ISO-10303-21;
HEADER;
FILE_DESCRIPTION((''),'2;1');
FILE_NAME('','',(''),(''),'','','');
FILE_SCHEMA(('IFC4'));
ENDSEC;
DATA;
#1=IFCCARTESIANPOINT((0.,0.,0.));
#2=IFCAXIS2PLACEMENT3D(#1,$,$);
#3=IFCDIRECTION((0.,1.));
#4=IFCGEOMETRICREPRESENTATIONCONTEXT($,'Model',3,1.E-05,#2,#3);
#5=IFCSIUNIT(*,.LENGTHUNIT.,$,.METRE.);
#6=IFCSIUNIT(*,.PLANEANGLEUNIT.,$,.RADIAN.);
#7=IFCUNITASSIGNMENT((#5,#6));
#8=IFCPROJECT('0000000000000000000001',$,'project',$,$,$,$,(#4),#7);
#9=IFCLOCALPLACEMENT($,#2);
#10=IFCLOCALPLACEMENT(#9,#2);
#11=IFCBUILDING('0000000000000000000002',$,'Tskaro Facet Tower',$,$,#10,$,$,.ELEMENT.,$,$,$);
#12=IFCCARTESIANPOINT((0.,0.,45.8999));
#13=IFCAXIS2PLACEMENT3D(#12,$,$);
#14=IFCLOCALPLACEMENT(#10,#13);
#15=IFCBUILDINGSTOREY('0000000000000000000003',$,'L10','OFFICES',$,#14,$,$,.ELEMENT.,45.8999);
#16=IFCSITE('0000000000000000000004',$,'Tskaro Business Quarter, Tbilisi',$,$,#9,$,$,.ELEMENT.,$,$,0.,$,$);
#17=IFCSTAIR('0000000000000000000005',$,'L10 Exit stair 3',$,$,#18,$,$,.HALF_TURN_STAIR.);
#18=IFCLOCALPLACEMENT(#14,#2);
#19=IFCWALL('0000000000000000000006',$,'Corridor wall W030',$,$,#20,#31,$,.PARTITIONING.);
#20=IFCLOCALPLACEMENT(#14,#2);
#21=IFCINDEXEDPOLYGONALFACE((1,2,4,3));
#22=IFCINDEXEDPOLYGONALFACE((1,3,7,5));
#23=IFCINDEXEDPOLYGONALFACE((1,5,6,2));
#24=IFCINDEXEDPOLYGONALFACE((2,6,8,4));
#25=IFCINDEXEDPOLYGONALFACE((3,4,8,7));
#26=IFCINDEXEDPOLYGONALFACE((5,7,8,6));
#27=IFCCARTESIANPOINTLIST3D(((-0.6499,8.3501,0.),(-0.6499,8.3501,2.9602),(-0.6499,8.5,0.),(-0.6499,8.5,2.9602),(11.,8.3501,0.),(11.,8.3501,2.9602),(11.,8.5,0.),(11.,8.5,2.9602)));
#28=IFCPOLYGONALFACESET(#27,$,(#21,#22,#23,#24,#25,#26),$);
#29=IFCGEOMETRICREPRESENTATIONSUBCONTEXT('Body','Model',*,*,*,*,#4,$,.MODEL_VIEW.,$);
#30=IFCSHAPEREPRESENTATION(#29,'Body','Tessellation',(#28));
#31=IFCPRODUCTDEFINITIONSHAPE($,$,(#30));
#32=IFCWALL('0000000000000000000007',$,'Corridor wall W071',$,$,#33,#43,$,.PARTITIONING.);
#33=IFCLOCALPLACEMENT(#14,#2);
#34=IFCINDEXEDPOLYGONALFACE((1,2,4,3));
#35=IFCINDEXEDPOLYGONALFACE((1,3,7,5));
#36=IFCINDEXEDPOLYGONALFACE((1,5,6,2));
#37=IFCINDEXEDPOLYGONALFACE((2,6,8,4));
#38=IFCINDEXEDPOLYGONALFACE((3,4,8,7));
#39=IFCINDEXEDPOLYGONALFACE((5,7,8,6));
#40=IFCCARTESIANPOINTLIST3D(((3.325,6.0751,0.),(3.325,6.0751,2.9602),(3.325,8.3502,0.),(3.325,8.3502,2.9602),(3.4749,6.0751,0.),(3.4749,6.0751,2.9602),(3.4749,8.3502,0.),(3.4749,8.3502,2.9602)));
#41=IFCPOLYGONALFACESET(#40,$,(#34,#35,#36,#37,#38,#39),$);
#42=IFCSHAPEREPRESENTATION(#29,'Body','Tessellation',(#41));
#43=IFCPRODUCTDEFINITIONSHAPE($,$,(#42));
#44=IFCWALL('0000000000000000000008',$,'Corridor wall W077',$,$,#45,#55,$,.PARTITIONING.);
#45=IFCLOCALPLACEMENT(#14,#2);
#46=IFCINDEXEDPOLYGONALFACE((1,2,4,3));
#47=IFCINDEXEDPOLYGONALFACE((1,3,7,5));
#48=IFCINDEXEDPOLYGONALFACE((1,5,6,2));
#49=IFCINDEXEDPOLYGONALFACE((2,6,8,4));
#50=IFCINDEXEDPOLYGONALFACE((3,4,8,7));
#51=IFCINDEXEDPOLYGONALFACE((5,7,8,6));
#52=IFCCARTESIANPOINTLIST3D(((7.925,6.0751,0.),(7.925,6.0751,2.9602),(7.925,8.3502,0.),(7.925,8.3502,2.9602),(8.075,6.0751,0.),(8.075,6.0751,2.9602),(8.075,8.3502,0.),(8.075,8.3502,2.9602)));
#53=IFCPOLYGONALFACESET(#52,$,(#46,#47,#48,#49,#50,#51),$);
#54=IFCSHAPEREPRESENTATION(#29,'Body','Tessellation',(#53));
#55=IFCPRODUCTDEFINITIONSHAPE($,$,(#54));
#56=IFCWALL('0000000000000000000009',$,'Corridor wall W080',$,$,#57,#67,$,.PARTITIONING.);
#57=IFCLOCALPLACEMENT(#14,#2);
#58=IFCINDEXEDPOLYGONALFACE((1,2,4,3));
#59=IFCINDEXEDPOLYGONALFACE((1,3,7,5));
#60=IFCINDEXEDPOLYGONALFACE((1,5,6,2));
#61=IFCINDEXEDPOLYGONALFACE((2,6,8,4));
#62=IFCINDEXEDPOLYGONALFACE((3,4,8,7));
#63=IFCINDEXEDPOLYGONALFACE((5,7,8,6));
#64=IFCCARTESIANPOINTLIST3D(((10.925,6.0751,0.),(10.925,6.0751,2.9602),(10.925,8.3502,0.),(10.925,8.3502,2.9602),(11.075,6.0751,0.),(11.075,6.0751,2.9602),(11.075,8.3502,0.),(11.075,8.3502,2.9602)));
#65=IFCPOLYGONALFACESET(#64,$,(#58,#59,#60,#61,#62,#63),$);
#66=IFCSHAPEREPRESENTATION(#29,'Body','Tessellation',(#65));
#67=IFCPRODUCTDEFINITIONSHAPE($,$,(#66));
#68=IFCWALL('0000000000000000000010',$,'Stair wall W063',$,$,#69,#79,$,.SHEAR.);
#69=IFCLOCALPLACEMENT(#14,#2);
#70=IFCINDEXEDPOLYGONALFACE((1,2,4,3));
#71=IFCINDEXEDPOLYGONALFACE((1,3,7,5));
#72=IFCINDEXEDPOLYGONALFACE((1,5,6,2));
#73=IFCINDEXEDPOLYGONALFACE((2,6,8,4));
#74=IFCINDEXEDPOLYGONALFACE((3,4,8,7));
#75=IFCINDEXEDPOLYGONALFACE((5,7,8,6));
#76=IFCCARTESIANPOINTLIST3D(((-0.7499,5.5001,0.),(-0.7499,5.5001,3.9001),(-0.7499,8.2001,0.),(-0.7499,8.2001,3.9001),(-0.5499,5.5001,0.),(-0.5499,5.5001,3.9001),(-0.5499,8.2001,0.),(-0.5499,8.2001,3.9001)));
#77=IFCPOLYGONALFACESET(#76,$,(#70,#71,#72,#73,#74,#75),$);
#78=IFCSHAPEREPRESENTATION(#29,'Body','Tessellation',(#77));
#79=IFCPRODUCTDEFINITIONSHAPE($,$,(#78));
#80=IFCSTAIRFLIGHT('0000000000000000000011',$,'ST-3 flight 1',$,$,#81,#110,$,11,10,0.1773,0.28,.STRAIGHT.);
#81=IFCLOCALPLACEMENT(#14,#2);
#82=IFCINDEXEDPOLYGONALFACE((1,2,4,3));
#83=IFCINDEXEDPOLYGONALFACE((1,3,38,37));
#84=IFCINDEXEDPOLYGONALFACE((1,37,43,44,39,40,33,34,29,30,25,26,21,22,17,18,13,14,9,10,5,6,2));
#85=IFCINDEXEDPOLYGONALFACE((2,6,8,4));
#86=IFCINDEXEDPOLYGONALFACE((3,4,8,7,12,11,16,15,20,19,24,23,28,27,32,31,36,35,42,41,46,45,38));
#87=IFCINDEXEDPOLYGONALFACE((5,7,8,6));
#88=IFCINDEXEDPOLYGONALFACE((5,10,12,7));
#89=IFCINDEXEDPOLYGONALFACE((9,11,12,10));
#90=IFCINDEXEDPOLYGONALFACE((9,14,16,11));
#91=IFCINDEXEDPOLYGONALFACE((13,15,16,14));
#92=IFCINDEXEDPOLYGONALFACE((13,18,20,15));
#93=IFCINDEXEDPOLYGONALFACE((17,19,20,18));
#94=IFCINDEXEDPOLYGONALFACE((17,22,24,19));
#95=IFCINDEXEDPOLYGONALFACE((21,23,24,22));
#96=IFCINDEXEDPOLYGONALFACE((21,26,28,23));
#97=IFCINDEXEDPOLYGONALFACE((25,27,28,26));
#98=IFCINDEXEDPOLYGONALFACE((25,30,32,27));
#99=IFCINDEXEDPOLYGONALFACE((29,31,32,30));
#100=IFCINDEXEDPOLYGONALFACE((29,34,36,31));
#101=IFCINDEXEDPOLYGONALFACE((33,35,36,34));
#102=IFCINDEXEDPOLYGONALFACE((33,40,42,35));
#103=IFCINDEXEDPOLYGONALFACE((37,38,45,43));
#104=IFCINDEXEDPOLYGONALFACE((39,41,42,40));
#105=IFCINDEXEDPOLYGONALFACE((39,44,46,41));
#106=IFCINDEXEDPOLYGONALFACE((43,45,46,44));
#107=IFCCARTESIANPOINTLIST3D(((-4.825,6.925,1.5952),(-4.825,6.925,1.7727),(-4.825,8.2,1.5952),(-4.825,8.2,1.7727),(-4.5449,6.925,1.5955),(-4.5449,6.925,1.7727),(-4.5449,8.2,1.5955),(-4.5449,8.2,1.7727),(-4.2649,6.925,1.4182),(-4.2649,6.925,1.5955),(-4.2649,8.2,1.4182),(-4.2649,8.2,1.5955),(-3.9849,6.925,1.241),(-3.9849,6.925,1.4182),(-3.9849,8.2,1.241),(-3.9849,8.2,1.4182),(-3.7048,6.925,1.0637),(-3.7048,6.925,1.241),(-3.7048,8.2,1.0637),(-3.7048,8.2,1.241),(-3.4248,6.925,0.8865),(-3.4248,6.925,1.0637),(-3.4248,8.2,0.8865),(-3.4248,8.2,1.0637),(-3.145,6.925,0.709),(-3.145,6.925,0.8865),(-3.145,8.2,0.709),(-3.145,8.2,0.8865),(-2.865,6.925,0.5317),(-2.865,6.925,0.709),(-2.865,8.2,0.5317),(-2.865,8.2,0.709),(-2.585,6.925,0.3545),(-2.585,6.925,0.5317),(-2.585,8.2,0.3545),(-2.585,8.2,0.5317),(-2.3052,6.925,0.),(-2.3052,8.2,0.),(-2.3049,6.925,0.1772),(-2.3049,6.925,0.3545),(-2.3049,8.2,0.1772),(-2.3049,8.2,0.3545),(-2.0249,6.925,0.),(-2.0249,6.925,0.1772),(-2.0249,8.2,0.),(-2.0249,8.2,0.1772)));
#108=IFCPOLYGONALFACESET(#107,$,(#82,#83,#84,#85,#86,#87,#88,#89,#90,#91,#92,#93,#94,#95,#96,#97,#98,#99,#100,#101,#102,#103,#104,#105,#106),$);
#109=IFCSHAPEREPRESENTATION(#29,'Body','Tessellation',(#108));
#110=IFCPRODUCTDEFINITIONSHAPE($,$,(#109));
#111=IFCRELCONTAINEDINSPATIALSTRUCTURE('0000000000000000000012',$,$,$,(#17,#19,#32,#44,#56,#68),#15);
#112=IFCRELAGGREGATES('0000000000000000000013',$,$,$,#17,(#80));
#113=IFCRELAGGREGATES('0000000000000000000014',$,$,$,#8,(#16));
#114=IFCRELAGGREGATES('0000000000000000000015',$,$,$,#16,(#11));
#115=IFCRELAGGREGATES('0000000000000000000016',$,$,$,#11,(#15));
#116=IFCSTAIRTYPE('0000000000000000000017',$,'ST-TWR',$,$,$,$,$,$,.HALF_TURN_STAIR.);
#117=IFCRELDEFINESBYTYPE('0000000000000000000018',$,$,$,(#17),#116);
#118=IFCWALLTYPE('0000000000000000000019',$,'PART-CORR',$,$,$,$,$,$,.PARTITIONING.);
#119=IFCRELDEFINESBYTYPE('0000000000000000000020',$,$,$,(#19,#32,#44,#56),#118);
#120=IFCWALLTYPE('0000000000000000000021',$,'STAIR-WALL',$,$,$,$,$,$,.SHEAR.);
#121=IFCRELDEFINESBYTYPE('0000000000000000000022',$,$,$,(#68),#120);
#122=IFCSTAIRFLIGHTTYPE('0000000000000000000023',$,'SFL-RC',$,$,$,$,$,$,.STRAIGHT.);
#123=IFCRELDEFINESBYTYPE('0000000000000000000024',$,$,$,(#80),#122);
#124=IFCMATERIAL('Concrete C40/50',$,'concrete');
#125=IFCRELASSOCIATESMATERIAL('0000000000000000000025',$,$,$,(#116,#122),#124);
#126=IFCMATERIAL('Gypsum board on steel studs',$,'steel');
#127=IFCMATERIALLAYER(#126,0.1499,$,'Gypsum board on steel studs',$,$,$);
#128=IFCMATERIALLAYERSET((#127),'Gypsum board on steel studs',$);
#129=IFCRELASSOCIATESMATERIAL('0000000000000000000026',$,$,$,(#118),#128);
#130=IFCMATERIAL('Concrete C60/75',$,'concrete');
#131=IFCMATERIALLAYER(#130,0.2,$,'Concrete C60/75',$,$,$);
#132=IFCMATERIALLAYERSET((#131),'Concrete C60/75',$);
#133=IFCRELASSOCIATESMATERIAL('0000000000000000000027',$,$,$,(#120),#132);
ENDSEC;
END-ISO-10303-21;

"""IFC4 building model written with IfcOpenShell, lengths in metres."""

from ifc_helpers import new_model, si_unit, direction, frame, frame_2d, origin, place, context, subcontext, project, spatial, polyline, rectangle, outline, extrude, material, layer, layer_set, type_object, element, aggregate, save


model = new_model("IFC4")

# Units and contexts
model_context = context("Model", 3, precision=1e-05, world=origin(), true_north=direction((0.0, 1.0)))
body_context = subcontext(model_context, "Body", "Model", "MODEL_VIEW")
ifc_project = project(units=[si_unit("LENGTHUNIT", "METRE"), si_unit("PLANEANGLEUNIT", "RADIAN")], contexts=[model_context])

# Site, building, storey
site_placement = place(None, origin())
site = spatial("IfcSite", under=ifc_project, at=site_placement, Name="Tskaro Business Quarter, Tbilisi", CompositionType="ELEMENT", RefElevation=0.0)
building_placement = place(site_placement, origin())
building = spatial("IfcBuilding", under=site, at=building_placement, Name="Tskaro Facet Tower", CompositionType="ELEMENT")
storey_placement = place(building_placement, frame((0.0, 0.0, 45.8999)))
storey = spatial("IfcBuildingStorey", under=building, at=storey_placement, Name="L10", Description="OFFICES", CompositionType="ELEMENT", Elevation=45.8999)

# Stair
ifc_material_1 = material(Name="Concrete C40/50", Category="concrete")
stair_type = type_object("IfcStairType", Name="ST-TWR", PredefinedType="HALF_TURN_STAIR", material=ifc_material_1)
stair_placement = place(storey_placement, origin())
stair = element("IfcStair", 1, at=stair_placement, inside=storey, type_object=stair_type, Name="L10 Exit stair 3", PredefinedType="HALF_TURN_STAIR")

# Shared definitions
ifc_material_2 = material(Name="Concrete C60/75", Category="concrete")

# Shared definitions
ifc_material_3 = material(Name="Gypsum board on steel studs", Category="steel")

# Shared definitions
ifc_layer_1 = layer(ifc_material_3, 0.1499, Name="Gypsum board on steel studs")
ifc_layer_set_1 = layer_set([ifc_layer_1], Name="Gypsum board on steel studs")
wall_type_1 = type_object("IfcWallType", Name="PART-CORR", PredefinedType="PARTITIONING", material=ifc_layer_set_1)

# Walls
wall_1_placement = place(storey_placement, frame((-0.6499, 8.425, 0.0), z_axis=(0.0, 0.0, 1.0), x_axis=(1.0, 0.0, 0.0)))
element("IfcWall", 2, at=wall_1_placement, inside=storey, type_object=wall_type_1, Name="Corridor wall W030", PredefinedType="PARTITIONING", context=body_context, shape_type="SweptSolid", body=[
    extrude(rectangle(XDim=11.6499, YDim=0.1499, at=frame_2d((5.825, 0.0))), origin(), (0.0, 0.0, 1.0), 2.9602),
])
for number, where, z_axis, x_axis, name in (
    (3, (3.3999, 6.075, 0.0), (0.0, 0.0, 1.0), (0.0, 1.0, 0.0), "Corridor wall W071"),
    (4, (8.0, 6.075, 0.0), (0.0, 0.0, 1.0), (0.0, 1.0, 0.0), "Corridor wall W077"),
    (5, (11.0, 6.075, 0.0), (0.0, 0.0, 1.0), (0.0, 1.0, 0.0), "Corridor wall W080"),
):
    element("IfcWall", number, at=place(storey_placement, frame(where, z_axis=z_axis, x_axis=x_axis)), inside=storey, type_object=wall_type_1, Name=name, PredefinedType="PARTITIONING", context=body_context, shape_type="SweptSolid", body=[
        extrude(rectangle(XDim=2.2751, YDim=0.1499, at=frame_2d((1.1377, 0.0))), origin(), (0.0, 0.0, 1.0), 2.9602),
    ])
ifc_layer_2 = layer(ifc_material_2, 0.2, Name="Concrete C60/75")
ifc_layer_set_2 = layer_set([ifc_layer_2], Name="Concrete C60/75")
wall_type_2 = type_object("IfcWallType", Name="STAIR-WALL", PredefinedType="SHEAR", material=ifc_layer_set_2)
wall_2_placement = place(storey_placement, frame((-0.6499, 5.5, 0.0), z_axis=(0.0, 0.0, 1.0), x_axis=(0.0, 1.0, 0.0)))
element("IfcWall", 6, at=wall_2_placement, inside=storey, type_object=wall_type_2, Name="Stair wall W063", PredefinedType="SHEAR", context=body_context, shape_type="SweptSolid", body=[
    extrude(rectangle(XDim=2.7, YDim=0.2, at=frame_2d((1.3501, 0.0))), origin(), (0.0, 0.0, 1.0), 3.9001),
])

# Stair flight
stair_flight_type = type_object("IfcStairFlightType", Name="SFL-RC", PredefinedType="STRAIGHT", material=ifc_material_1)
stair_flight_placement = place(storey_placement, frame((-2.0249, 7.5625, 0.0), z_axis=(0.0, 0.0, 1.0), x_axis=(-1.0, 0.0, 0.0)))
stair_flight = element("IfcStairFlight", 7, at=stair_flight_placement, type_object=stair_flight_type, Name="ST-3 flight 1", NumberOfRisers=11, NumberOfTreads=10, PredefinedType="STRAIGHT", RiserHeight=0.1773, TreadLength=0.28, context=body_context, shape_type="SweptSolid", body=[
    extrude(outline(polyline([(0.0, 0.0), (0.0, 0.1772), (0.28, 0.1772), (0.28, 0.3545), (0.5601, 0.3545), (0.5601, 0.5317), (0.8401, 0.5317), (0.8401, 0.709), (1.1201, 0.709), (1.1201, 0.8865), (1.3999, 0.8865), (1.3999, 1.0637), (1.6799, 1.0637), (1.6799, 1.241), (1.96, 1.241), (1.96, 1.4182), (2.24, 1.4182), (2.24, 1.5955), (2.52, 1.5955), (2.52, 1.7727), (2.8, 1.7727), (2.8, 1.95), (2.8, 1.5952), (0.2803, 0.0), (0.0, 0.0)])), frame((0.0, 0.6375, 0.0), z_axis=(0.0, -1.0, 0.0), x_axis=(1.0, 0.0, 0.0)), (0.0, 0.0, 1.0), 1.2749),
])
aggregate(stair, [stair_flight])

save(model, "model.ifc")
